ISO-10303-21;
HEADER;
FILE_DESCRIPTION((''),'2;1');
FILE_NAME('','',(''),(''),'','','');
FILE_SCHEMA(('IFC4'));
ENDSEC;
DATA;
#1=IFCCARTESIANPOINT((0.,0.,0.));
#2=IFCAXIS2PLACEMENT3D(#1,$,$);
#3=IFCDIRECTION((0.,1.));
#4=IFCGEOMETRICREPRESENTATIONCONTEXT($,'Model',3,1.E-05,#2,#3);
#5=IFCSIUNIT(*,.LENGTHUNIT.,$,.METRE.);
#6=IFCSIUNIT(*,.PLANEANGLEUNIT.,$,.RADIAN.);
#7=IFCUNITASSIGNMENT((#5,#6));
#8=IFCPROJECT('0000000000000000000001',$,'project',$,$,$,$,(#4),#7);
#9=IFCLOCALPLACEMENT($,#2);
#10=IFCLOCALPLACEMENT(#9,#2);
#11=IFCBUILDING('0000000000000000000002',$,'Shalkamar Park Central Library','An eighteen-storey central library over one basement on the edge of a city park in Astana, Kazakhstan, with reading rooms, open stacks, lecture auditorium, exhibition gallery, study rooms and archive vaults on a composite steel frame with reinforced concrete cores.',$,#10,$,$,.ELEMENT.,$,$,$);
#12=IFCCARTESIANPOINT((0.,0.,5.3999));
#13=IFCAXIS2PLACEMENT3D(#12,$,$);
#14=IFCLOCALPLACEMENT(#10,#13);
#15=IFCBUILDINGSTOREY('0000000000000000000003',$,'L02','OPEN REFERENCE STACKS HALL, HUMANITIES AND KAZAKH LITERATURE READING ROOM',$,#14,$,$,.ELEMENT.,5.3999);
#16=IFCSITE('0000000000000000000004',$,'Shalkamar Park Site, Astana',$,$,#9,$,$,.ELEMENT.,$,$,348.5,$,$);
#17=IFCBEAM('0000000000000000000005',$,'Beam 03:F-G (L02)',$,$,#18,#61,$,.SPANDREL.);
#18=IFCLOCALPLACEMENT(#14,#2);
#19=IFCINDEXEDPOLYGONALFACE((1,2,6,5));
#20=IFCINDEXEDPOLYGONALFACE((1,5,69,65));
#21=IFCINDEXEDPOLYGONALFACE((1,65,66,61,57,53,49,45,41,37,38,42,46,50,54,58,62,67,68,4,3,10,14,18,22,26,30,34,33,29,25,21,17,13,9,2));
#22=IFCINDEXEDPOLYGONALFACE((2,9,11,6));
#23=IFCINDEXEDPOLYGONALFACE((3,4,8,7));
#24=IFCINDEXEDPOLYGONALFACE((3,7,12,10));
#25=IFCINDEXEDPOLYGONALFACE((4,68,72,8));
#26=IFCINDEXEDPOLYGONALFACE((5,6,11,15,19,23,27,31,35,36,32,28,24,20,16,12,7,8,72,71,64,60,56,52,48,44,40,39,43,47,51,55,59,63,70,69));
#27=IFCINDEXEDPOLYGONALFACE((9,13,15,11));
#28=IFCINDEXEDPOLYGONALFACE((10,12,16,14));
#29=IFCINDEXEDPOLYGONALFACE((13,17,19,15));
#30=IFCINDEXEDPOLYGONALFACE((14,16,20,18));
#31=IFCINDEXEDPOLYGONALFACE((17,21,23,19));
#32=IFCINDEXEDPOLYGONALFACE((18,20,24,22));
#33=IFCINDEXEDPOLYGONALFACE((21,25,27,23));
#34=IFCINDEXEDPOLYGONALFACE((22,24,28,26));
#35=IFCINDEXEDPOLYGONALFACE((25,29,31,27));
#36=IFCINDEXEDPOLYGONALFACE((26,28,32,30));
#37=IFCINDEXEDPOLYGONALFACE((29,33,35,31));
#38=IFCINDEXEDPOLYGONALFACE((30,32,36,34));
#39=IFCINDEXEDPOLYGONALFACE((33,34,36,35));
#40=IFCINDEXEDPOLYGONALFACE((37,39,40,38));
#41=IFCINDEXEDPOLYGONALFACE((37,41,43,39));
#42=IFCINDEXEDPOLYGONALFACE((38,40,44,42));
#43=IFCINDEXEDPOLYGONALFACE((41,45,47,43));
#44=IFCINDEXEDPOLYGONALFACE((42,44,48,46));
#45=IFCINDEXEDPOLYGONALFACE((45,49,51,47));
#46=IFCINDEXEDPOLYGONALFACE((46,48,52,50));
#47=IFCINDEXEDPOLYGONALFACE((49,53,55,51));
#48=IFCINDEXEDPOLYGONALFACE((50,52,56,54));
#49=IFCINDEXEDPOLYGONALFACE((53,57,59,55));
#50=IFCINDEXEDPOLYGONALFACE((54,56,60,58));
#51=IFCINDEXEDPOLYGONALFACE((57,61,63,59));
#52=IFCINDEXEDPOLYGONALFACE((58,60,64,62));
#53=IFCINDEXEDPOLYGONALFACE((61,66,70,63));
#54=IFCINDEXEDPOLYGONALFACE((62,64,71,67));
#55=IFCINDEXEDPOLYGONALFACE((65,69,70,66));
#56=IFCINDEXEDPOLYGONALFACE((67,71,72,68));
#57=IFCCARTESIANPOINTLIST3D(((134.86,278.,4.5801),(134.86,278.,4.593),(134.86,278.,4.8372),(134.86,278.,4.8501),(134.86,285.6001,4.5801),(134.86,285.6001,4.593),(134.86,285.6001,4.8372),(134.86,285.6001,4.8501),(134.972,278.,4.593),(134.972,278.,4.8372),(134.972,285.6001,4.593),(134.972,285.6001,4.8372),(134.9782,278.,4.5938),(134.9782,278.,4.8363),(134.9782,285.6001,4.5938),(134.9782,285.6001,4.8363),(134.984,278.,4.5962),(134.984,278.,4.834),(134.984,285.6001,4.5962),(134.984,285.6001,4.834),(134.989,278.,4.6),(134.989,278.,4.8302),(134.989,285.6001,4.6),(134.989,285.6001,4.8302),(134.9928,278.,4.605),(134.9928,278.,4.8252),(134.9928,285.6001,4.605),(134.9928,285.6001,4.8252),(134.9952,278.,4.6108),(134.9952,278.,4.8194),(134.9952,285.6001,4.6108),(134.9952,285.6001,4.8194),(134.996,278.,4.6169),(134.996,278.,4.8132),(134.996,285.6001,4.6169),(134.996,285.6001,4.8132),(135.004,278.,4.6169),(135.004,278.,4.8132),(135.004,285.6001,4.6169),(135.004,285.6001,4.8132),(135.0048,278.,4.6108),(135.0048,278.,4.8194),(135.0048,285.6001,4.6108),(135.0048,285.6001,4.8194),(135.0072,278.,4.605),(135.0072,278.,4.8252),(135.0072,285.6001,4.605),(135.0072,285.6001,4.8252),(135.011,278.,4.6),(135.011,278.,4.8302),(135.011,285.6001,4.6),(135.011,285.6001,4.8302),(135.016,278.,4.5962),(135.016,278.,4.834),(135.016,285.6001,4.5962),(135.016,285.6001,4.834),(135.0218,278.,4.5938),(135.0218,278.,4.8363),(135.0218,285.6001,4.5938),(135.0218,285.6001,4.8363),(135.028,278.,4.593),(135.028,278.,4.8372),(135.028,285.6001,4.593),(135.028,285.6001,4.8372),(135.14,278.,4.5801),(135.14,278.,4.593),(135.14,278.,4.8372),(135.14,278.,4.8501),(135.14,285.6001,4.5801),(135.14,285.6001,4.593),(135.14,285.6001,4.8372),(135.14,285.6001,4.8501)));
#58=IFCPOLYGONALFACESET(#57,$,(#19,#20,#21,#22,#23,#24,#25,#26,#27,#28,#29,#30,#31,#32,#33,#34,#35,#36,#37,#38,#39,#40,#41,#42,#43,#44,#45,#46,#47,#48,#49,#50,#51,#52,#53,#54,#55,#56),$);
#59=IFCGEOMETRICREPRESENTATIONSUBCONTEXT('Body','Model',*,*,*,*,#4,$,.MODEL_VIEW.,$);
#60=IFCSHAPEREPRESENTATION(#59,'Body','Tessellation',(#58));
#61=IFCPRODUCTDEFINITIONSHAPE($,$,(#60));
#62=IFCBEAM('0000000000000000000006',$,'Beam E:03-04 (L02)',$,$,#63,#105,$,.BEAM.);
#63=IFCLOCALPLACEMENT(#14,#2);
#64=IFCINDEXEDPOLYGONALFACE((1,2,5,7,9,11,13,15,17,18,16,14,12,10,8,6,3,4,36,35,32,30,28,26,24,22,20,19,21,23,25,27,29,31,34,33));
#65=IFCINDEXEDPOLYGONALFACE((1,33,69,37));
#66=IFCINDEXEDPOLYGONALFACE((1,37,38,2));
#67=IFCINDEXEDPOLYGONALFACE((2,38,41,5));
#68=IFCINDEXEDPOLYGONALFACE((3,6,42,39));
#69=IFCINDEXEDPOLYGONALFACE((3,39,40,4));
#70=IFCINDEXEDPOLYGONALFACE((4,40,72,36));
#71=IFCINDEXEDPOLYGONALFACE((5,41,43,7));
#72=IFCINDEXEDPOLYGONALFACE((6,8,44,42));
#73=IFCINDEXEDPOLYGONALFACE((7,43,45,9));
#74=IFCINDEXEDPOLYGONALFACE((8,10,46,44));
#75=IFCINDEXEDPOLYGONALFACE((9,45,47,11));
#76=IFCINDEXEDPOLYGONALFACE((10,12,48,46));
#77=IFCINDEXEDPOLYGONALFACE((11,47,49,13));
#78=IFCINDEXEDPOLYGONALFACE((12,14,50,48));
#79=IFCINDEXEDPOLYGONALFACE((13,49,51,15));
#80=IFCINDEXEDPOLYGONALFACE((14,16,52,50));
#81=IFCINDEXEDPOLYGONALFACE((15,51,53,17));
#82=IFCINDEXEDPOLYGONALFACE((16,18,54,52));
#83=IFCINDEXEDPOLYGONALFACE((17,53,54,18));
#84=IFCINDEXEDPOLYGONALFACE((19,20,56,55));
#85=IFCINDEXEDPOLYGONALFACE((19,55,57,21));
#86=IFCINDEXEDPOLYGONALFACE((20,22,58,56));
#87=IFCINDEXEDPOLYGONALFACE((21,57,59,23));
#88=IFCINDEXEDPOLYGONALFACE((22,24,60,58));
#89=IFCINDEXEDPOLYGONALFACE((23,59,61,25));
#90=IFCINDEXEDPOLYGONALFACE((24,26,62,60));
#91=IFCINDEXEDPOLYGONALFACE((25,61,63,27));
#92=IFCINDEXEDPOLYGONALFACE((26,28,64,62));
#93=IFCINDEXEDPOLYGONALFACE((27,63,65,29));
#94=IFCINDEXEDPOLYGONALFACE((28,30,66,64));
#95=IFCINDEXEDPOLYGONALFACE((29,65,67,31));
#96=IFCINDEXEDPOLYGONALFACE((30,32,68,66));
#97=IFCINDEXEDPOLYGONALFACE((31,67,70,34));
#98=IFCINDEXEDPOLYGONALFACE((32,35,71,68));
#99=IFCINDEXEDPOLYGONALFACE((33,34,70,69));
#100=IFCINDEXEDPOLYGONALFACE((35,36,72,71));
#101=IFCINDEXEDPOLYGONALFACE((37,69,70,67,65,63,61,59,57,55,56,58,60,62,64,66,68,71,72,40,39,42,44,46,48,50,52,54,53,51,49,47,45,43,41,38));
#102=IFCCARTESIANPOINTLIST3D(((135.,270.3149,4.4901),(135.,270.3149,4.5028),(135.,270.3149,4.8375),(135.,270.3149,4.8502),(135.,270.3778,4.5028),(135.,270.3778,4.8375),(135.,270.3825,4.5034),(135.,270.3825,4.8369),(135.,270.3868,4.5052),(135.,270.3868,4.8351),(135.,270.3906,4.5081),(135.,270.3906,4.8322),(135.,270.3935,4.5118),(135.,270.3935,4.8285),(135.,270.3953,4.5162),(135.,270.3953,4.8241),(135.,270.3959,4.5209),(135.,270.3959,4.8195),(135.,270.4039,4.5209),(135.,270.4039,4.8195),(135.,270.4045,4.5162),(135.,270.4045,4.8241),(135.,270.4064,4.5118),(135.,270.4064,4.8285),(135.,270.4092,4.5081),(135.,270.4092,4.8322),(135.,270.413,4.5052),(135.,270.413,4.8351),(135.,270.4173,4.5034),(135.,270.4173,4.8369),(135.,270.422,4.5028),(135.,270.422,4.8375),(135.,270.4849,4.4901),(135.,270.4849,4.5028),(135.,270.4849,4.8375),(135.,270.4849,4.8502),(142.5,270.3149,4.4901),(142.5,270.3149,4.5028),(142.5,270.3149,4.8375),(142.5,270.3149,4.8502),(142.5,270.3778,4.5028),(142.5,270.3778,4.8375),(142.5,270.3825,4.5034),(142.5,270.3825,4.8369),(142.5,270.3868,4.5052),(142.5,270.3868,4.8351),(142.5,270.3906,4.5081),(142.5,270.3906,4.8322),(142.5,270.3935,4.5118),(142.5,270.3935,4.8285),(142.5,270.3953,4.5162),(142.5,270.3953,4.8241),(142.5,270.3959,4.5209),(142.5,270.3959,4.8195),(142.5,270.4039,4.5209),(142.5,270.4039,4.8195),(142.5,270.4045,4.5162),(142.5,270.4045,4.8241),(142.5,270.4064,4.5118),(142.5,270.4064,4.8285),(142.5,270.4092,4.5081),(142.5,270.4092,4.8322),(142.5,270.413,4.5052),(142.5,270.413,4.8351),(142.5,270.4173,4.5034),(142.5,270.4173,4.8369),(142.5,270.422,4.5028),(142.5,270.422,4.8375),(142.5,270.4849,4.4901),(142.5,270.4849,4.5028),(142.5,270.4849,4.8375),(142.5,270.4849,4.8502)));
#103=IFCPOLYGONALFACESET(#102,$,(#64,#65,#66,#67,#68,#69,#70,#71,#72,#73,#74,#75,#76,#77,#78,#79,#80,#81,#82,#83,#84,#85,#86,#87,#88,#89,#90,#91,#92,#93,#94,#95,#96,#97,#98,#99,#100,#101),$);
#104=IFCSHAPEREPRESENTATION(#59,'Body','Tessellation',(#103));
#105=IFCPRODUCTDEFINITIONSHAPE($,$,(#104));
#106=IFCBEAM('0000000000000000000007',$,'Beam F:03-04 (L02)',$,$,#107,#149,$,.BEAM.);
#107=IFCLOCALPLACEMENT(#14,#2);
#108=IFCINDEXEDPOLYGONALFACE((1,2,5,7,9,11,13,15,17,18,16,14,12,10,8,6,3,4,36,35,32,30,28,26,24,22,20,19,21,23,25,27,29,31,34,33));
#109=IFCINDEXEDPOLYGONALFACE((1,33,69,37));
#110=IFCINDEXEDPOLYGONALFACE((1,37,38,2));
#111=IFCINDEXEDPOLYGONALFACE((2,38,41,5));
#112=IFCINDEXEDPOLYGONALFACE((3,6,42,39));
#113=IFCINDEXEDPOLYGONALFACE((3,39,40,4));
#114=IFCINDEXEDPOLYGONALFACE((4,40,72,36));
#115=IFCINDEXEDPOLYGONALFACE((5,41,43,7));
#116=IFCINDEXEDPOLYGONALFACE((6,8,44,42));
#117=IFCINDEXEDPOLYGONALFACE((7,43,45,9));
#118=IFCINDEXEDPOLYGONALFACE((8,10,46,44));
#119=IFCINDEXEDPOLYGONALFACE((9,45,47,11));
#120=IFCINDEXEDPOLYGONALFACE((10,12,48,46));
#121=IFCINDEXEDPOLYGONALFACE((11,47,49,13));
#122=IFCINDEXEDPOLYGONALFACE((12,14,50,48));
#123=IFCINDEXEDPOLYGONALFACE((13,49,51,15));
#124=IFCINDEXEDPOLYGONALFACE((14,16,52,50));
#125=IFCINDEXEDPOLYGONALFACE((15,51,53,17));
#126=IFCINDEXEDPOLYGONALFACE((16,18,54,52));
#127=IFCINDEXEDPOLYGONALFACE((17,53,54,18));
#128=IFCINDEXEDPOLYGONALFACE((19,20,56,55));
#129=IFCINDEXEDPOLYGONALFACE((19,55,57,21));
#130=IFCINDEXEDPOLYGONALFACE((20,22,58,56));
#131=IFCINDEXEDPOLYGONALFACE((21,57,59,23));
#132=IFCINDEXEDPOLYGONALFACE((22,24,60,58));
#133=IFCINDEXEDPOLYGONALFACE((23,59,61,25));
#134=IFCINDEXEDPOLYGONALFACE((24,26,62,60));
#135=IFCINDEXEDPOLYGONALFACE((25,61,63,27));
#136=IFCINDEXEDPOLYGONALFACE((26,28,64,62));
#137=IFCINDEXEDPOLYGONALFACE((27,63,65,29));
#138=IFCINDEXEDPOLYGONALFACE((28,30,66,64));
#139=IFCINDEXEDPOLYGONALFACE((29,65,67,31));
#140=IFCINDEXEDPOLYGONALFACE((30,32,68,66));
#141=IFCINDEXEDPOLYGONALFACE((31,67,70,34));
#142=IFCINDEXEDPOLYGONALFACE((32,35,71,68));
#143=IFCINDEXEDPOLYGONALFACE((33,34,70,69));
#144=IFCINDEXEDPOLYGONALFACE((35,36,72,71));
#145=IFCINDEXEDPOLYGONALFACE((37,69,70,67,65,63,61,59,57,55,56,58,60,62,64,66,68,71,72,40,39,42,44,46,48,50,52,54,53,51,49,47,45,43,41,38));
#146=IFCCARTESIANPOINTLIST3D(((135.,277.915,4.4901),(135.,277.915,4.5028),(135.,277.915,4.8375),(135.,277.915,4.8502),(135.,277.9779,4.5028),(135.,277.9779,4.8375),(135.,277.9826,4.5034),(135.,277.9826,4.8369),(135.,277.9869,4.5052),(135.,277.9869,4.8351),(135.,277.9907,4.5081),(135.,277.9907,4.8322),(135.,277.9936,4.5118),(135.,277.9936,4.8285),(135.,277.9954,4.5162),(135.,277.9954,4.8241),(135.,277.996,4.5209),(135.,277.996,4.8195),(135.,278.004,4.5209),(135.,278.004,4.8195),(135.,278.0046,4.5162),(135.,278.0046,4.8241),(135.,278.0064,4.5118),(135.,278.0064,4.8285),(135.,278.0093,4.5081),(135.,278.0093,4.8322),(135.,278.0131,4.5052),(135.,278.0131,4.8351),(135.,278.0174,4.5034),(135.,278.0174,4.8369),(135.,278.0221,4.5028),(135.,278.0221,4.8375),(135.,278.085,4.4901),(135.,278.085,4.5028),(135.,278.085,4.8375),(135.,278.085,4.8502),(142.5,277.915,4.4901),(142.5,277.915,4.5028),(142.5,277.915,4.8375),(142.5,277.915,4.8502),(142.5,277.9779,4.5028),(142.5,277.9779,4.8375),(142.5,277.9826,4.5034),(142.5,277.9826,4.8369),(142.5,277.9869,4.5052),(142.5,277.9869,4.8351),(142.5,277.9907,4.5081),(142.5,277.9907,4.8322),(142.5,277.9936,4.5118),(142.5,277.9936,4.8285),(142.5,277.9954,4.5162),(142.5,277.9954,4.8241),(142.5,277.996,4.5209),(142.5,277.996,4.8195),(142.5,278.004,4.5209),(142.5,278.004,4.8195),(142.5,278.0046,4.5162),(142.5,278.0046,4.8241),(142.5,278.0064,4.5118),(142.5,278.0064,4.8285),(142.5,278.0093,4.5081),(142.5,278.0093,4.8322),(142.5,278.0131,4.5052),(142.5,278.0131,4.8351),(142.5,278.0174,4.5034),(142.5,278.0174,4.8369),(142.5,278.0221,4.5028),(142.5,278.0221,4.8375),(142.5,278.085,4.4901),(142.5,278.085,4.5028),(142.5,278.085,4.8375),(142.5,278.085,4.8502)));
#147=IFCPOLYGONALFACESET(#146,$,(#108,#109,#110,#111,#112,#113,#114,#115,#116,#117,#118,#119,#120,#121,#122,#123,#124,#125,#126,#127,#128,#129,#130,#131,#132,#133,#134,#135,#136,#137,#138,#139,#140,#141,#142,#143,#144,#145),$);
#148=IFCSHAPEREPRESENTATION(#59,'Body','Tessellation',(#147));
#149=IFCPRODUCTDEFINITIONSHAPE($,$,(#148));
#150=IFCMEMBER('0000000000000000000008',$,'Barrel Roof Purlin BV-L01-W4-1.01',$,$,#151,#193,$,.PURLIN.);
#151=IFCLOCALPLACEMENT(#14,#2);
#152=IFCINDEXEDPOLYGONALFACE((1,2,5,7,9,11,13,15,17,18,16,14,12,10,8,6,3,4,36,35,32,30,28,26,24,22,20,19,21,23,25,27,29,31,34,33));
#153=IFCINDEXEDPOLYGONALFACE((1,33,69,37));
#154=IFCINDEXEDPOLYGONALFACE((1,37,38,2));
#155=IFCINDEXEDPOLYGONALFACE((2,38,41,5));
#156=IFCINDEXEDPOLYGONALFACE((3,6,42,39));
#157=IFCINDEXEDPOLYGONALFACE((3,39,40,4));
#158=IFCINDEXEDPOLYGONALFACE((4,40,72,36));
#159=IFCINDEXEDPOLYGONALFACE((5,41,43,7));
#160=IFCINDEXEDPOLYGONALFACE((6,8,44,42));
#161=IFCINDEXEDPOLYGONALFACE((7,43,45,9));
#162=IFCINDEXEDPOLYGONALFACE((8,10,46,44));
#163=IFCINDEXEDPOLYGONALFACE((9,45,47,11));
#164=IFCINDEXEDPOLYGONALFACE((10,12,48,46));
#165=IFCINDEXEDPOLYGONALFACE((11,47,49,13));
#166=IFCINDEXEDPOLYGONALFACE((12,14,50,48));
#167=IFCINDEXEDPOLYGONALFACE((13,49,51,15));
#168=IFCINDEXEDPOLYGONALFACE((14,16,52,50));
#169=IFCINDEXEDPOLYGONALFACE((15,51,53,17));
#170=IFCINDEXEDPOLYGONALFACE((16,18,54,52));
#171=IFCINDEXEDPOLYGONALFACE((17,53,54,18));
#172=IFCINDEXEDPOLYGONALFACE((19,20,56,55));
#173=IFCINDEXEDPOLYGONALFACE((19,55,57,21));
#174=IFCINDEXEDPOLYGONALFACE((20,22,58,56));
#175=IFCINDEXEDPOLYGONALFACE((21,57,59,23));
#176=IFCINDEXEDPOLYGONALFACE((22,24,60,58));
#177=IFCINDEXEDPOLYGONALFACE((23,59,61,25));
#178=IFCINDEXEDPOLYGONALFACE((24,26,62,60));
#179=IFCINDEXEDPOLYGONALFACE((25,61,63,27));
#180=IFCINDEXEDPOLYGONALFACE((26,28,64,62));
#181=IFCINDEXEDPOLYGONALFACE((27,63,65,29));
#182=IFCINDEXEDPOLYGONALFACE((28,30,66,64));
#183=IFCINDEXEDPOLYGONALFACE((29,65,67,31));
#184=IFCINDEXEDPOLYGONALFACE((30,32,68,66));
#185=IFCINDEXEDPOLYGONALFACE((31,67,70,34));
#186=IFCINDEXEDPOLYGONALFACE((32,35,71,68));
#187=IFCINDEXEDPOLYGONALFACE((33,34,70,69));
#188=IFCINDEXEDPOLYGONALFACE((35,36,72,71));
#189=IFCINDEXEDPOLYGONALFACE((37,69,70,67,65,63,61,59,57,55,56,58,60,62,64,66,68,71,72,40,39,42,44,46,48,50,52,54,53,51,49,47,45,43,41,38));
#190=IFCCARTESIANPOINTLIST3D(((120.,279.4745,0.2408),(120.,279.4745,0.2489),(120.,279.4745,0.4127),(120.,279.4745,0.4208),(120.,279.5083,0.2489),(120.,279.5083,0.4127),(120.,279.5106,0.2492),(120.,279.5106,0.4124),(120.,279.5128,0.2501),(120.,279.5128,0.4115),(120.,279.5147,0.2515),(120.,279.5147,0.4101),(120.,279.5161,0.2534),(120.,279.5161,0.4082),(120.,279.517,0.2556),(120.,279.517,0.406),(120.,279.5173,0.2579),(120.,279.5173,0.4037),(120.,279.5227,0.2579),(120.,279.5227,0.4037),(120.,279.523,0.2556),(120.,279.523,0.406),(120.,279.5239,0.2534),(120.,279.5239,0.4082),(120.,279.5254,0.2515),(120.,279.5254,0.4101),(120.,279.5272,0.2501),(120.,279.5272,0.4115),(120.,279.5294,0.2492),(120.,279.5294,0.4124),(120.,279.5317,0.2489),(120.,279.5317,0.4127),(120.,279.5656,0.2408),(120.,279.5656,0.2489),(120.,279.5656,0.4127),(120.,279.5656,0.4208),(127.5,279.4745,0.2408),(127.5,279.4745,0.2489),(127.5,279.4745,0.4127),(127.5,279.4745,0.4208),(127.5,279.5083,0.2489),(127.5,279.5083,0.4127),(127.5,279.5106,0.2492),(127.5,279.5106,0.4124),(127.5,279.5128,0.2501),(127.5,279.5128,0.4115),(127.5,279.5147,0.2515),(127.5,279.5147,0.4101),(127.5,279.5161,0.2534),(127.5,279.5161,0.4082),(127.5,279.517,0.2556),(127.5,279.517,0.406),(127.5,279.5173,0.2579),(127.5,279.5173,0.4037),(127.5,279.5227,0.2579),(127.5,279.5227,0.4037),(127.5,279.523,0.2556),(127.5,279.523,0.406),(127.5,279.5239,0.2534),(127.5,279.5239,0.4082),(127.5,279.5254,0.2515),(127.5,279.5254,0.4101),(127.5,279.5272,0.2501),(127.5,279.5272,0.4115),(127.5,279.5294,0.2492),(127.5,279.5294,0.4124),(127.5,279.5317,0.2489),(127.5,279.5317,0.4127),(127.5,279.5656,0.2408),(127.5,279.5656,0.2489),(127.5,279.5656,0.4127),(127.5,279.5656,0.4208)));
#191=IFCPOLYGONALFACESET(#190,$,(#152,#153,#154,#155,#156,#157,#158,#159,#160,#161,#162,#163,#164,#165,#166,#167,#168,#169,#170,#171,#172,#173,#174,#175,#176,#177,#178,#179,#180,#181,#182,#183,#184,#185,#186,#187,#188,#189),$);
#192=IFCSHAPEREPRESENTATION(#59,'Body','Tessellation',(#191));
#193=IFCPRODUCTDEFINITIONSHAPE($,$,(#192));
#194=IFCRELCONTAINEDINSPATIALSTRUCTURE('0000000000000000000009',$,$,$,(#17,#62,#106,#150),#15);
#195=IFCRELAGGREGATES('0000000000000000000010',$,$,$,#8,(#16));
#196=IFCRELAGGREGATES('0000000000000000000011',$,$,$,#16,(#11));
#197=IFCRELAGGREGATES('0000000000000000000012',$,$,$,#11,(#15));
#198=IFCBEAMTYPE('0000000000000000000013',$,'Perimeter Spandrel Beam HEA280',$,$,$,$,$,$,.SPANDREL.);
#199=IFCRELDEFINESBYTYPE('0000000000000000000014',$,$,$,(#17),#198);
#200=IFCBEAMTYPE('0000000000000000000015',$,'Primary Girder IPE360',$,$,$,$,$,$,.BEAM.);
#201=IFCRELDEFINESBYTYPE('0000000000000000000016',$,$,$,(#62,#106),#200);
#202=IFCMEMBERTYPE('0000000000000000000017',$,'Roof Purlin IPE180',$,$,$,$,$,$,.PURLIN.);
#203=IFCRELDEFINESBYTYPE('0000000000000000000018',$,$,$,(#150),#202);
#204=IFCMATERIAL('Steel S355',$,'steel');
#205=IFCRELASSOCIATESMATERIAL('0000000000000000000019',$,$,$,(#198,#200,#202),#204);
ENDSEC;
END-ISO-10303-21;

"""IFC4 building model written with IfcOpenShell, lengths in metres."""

from ifc_helpers import new_model, si_unit, direction, frame, origin, origin_2d, place, context, subcontext, project, spatial, i_section, extrude, material, material_profile, profile_set, type_object, element, save


model = new_model("IFC4")

# Units and contexts
model_context = context("Model", 3, precision=1e-05, world=origin(), true_north=direction((0.0, 1.0)))
body_context = subcontext(model_context, "Body", "Model", "MODEL_VIEW")
ifc_project = project(units=[si_unit("LENGTHUNIT", "METRE"), si_unit("PLANEANGLEUNIT", "RADIAN")], contexts=[model_context])

# Site, building, storey
site_placement = place(None, origin())
site = spatial("IfcSite", under=ifc_project, at=site_placement, Name="Shalkamar Park Site, Astana", CompositionType="ELEMENT", RefElevation=348.5)
building_placement = place(site_placement, origin())
building = spatial("IfcBuilding", under=site, at=building_placement, Name="Shalkamar Park Central Library", Description="An eighteen-storey central library over one basement on the edge of a city park in Astana, Kazakhstan, with reading rooms, open stacks, lecture auditorium, exhibition gallery, study rooms and archive vaults on a composite steel frame with reinforced concrete cores.", CompositionType="ELEMENT")
storey_placement = place(building_placement, frame((0.0, 0.0, 5.3999)))
storey = spatial("IfcBuildingStorey", under=building, at=storey_placement, Name="L02", Description="OPEN REFERENCE STACKS HALL, HUMANITIES AND KAZAKH LITERATURE READING ROOM", CompositionType="ELEMENT", Elevation=5.3999)

# Shared definitions
ifc_material_1 = material(Name="Steel S355", Category="steel")

# Beams
ifc_material_profile_1 = material_profile(ifc_material_1, i_section(OverallWidth=0.28, OverallDepth=0.27, WebThickness=0.0081, FlangeThickness=0.0129, FilletRadius=0.0239, at=origin_2d()), Name="HEA 280")
ifc_profile_set_1 = profile_set([ifc_material_profile_1], Name="Steel S355")
beam_type_1 = type_object("IfcBeamType", Name="Perimeter Spandrel Beam HEA280", PredefinedType="SPANDREL", material=ifc_profile_set_1)
for number, where, z_axis, x_axis, name in (
    (1, (135.0, 278.0, 4.7151), (0.0, 1.0, 0.0), (-1.0, 0.0, 0.0), "Beam 03:F-G (L02)"),
):
    element("IfcBeam", number, at=place(storey_placement, frame(where, z_axis=z_axis, x_axis=x_axis)), inside=storey, type_object=beam_type_1, Name=name, PredefinedType="SPANDREL", context=body_context, shape_type="SweptSolid", body=[
        extrude(i_section(OverallWidth=0.28, OverallDepth=0.27, WebThickness=0.0081, FlangeThickness=0.0129, FilletRadius=0.0239, at=origin_2d()), origin(), (0.0, 0.0, 1.0), 7.6001),
    ])
ifc_material_profile_2 = material_profile(ifc_material_1, i_section(OverallWidth=0.1699, OverallDepth=0.3601, WebThickness=0.0081, FlangeThickness=0.0127, FilletRadius=0.0181, at=origin_2d()), Name="IPE 360")
ifc_profile_set_2 = profile_set([ifc_material_profile_2], Name="Steel S355")
beam_type_2 = type_object("IfcBeamType", Name="Primary Girder IPE360", PredefinedType="BEAM", material=ifc_profile_set_2)
for number, where, z_axis, x_axis, name in (
    (2, (135.0, 270.3999, 4.6702), (1.0, 0.0, 0.0), (0.0, 1.0, 0.0), "Beam E:03-04 (L02)"),
    (3, (135.0, 278.0, 4.6702), (1.0, 0.0, 0.0), (0.0, 1.0, 0.0), "Beam F:03-04 (L02)"),
):
    element("IfcBeam", number, at=place(storey_placement, frame(where, z_axis=z_axis, x_axis=x_axis)), inside=storey, type_object=beam_type_2, Name=name, PredefinedType="BEAM", context=body_context, shape_type="SweptSolid", body=[
        extrude(i_section(OverallWidth=0.1699, OverallDepth=0.3601, WebThickness=0.0081, FlangeThickness=0.0127, FilletRadius=0.0181, at=origin_2d()), origin(), (0.0, 0.0, 1.0), 7.5),
    ])

# Member
ifc_material_profile_3 = material_profile(ifc_material_1, i_section(OverallWidth=0.0911, OverallDepth=0.1799, WebThickness=0.0054, FlangeThickness=0.0081, FilletRadius=0.009, at=origin_2d()), Name="IPE 180")
ifc_profile_set_3 = profile_set([ifc_material_profile_3], Name="Steel S355")
member_type_1 = type_object("IfcMemberType", Name="Roof Purlin IPE180", PredefinedType="PURLIN", material=ifc_profile_set_3)
for number, where, z_axis, x_axis, name in (
    (4, (120.0, 279.52, 0.3308), (1.0, 0.0, 0.0), (0.0, 1.0, 0.0), "Barrel Roof Purlin BV-L01-W4-1.01"),
):
    element("IfcMember", number, at=place(storey_placement, frame(where, z_axis=z_axis, x_axis=x_axis)), inside=storey, type_object=member_type_1, Name=name, PredefinedType="PURLIN", context=body_context, shape_type="SweptSolid", body=[
        extrude(i_section(OverallWidth=0.0911, OverallDepth=0.1799, WebThickness=0.0054, FlangeThickness=0.0081, FilletRadius=0.009, at=origin_2d()), origin(), (0.0, 0.0, 1.0), 7.5),
    ])

save(model, "model.ifc")
